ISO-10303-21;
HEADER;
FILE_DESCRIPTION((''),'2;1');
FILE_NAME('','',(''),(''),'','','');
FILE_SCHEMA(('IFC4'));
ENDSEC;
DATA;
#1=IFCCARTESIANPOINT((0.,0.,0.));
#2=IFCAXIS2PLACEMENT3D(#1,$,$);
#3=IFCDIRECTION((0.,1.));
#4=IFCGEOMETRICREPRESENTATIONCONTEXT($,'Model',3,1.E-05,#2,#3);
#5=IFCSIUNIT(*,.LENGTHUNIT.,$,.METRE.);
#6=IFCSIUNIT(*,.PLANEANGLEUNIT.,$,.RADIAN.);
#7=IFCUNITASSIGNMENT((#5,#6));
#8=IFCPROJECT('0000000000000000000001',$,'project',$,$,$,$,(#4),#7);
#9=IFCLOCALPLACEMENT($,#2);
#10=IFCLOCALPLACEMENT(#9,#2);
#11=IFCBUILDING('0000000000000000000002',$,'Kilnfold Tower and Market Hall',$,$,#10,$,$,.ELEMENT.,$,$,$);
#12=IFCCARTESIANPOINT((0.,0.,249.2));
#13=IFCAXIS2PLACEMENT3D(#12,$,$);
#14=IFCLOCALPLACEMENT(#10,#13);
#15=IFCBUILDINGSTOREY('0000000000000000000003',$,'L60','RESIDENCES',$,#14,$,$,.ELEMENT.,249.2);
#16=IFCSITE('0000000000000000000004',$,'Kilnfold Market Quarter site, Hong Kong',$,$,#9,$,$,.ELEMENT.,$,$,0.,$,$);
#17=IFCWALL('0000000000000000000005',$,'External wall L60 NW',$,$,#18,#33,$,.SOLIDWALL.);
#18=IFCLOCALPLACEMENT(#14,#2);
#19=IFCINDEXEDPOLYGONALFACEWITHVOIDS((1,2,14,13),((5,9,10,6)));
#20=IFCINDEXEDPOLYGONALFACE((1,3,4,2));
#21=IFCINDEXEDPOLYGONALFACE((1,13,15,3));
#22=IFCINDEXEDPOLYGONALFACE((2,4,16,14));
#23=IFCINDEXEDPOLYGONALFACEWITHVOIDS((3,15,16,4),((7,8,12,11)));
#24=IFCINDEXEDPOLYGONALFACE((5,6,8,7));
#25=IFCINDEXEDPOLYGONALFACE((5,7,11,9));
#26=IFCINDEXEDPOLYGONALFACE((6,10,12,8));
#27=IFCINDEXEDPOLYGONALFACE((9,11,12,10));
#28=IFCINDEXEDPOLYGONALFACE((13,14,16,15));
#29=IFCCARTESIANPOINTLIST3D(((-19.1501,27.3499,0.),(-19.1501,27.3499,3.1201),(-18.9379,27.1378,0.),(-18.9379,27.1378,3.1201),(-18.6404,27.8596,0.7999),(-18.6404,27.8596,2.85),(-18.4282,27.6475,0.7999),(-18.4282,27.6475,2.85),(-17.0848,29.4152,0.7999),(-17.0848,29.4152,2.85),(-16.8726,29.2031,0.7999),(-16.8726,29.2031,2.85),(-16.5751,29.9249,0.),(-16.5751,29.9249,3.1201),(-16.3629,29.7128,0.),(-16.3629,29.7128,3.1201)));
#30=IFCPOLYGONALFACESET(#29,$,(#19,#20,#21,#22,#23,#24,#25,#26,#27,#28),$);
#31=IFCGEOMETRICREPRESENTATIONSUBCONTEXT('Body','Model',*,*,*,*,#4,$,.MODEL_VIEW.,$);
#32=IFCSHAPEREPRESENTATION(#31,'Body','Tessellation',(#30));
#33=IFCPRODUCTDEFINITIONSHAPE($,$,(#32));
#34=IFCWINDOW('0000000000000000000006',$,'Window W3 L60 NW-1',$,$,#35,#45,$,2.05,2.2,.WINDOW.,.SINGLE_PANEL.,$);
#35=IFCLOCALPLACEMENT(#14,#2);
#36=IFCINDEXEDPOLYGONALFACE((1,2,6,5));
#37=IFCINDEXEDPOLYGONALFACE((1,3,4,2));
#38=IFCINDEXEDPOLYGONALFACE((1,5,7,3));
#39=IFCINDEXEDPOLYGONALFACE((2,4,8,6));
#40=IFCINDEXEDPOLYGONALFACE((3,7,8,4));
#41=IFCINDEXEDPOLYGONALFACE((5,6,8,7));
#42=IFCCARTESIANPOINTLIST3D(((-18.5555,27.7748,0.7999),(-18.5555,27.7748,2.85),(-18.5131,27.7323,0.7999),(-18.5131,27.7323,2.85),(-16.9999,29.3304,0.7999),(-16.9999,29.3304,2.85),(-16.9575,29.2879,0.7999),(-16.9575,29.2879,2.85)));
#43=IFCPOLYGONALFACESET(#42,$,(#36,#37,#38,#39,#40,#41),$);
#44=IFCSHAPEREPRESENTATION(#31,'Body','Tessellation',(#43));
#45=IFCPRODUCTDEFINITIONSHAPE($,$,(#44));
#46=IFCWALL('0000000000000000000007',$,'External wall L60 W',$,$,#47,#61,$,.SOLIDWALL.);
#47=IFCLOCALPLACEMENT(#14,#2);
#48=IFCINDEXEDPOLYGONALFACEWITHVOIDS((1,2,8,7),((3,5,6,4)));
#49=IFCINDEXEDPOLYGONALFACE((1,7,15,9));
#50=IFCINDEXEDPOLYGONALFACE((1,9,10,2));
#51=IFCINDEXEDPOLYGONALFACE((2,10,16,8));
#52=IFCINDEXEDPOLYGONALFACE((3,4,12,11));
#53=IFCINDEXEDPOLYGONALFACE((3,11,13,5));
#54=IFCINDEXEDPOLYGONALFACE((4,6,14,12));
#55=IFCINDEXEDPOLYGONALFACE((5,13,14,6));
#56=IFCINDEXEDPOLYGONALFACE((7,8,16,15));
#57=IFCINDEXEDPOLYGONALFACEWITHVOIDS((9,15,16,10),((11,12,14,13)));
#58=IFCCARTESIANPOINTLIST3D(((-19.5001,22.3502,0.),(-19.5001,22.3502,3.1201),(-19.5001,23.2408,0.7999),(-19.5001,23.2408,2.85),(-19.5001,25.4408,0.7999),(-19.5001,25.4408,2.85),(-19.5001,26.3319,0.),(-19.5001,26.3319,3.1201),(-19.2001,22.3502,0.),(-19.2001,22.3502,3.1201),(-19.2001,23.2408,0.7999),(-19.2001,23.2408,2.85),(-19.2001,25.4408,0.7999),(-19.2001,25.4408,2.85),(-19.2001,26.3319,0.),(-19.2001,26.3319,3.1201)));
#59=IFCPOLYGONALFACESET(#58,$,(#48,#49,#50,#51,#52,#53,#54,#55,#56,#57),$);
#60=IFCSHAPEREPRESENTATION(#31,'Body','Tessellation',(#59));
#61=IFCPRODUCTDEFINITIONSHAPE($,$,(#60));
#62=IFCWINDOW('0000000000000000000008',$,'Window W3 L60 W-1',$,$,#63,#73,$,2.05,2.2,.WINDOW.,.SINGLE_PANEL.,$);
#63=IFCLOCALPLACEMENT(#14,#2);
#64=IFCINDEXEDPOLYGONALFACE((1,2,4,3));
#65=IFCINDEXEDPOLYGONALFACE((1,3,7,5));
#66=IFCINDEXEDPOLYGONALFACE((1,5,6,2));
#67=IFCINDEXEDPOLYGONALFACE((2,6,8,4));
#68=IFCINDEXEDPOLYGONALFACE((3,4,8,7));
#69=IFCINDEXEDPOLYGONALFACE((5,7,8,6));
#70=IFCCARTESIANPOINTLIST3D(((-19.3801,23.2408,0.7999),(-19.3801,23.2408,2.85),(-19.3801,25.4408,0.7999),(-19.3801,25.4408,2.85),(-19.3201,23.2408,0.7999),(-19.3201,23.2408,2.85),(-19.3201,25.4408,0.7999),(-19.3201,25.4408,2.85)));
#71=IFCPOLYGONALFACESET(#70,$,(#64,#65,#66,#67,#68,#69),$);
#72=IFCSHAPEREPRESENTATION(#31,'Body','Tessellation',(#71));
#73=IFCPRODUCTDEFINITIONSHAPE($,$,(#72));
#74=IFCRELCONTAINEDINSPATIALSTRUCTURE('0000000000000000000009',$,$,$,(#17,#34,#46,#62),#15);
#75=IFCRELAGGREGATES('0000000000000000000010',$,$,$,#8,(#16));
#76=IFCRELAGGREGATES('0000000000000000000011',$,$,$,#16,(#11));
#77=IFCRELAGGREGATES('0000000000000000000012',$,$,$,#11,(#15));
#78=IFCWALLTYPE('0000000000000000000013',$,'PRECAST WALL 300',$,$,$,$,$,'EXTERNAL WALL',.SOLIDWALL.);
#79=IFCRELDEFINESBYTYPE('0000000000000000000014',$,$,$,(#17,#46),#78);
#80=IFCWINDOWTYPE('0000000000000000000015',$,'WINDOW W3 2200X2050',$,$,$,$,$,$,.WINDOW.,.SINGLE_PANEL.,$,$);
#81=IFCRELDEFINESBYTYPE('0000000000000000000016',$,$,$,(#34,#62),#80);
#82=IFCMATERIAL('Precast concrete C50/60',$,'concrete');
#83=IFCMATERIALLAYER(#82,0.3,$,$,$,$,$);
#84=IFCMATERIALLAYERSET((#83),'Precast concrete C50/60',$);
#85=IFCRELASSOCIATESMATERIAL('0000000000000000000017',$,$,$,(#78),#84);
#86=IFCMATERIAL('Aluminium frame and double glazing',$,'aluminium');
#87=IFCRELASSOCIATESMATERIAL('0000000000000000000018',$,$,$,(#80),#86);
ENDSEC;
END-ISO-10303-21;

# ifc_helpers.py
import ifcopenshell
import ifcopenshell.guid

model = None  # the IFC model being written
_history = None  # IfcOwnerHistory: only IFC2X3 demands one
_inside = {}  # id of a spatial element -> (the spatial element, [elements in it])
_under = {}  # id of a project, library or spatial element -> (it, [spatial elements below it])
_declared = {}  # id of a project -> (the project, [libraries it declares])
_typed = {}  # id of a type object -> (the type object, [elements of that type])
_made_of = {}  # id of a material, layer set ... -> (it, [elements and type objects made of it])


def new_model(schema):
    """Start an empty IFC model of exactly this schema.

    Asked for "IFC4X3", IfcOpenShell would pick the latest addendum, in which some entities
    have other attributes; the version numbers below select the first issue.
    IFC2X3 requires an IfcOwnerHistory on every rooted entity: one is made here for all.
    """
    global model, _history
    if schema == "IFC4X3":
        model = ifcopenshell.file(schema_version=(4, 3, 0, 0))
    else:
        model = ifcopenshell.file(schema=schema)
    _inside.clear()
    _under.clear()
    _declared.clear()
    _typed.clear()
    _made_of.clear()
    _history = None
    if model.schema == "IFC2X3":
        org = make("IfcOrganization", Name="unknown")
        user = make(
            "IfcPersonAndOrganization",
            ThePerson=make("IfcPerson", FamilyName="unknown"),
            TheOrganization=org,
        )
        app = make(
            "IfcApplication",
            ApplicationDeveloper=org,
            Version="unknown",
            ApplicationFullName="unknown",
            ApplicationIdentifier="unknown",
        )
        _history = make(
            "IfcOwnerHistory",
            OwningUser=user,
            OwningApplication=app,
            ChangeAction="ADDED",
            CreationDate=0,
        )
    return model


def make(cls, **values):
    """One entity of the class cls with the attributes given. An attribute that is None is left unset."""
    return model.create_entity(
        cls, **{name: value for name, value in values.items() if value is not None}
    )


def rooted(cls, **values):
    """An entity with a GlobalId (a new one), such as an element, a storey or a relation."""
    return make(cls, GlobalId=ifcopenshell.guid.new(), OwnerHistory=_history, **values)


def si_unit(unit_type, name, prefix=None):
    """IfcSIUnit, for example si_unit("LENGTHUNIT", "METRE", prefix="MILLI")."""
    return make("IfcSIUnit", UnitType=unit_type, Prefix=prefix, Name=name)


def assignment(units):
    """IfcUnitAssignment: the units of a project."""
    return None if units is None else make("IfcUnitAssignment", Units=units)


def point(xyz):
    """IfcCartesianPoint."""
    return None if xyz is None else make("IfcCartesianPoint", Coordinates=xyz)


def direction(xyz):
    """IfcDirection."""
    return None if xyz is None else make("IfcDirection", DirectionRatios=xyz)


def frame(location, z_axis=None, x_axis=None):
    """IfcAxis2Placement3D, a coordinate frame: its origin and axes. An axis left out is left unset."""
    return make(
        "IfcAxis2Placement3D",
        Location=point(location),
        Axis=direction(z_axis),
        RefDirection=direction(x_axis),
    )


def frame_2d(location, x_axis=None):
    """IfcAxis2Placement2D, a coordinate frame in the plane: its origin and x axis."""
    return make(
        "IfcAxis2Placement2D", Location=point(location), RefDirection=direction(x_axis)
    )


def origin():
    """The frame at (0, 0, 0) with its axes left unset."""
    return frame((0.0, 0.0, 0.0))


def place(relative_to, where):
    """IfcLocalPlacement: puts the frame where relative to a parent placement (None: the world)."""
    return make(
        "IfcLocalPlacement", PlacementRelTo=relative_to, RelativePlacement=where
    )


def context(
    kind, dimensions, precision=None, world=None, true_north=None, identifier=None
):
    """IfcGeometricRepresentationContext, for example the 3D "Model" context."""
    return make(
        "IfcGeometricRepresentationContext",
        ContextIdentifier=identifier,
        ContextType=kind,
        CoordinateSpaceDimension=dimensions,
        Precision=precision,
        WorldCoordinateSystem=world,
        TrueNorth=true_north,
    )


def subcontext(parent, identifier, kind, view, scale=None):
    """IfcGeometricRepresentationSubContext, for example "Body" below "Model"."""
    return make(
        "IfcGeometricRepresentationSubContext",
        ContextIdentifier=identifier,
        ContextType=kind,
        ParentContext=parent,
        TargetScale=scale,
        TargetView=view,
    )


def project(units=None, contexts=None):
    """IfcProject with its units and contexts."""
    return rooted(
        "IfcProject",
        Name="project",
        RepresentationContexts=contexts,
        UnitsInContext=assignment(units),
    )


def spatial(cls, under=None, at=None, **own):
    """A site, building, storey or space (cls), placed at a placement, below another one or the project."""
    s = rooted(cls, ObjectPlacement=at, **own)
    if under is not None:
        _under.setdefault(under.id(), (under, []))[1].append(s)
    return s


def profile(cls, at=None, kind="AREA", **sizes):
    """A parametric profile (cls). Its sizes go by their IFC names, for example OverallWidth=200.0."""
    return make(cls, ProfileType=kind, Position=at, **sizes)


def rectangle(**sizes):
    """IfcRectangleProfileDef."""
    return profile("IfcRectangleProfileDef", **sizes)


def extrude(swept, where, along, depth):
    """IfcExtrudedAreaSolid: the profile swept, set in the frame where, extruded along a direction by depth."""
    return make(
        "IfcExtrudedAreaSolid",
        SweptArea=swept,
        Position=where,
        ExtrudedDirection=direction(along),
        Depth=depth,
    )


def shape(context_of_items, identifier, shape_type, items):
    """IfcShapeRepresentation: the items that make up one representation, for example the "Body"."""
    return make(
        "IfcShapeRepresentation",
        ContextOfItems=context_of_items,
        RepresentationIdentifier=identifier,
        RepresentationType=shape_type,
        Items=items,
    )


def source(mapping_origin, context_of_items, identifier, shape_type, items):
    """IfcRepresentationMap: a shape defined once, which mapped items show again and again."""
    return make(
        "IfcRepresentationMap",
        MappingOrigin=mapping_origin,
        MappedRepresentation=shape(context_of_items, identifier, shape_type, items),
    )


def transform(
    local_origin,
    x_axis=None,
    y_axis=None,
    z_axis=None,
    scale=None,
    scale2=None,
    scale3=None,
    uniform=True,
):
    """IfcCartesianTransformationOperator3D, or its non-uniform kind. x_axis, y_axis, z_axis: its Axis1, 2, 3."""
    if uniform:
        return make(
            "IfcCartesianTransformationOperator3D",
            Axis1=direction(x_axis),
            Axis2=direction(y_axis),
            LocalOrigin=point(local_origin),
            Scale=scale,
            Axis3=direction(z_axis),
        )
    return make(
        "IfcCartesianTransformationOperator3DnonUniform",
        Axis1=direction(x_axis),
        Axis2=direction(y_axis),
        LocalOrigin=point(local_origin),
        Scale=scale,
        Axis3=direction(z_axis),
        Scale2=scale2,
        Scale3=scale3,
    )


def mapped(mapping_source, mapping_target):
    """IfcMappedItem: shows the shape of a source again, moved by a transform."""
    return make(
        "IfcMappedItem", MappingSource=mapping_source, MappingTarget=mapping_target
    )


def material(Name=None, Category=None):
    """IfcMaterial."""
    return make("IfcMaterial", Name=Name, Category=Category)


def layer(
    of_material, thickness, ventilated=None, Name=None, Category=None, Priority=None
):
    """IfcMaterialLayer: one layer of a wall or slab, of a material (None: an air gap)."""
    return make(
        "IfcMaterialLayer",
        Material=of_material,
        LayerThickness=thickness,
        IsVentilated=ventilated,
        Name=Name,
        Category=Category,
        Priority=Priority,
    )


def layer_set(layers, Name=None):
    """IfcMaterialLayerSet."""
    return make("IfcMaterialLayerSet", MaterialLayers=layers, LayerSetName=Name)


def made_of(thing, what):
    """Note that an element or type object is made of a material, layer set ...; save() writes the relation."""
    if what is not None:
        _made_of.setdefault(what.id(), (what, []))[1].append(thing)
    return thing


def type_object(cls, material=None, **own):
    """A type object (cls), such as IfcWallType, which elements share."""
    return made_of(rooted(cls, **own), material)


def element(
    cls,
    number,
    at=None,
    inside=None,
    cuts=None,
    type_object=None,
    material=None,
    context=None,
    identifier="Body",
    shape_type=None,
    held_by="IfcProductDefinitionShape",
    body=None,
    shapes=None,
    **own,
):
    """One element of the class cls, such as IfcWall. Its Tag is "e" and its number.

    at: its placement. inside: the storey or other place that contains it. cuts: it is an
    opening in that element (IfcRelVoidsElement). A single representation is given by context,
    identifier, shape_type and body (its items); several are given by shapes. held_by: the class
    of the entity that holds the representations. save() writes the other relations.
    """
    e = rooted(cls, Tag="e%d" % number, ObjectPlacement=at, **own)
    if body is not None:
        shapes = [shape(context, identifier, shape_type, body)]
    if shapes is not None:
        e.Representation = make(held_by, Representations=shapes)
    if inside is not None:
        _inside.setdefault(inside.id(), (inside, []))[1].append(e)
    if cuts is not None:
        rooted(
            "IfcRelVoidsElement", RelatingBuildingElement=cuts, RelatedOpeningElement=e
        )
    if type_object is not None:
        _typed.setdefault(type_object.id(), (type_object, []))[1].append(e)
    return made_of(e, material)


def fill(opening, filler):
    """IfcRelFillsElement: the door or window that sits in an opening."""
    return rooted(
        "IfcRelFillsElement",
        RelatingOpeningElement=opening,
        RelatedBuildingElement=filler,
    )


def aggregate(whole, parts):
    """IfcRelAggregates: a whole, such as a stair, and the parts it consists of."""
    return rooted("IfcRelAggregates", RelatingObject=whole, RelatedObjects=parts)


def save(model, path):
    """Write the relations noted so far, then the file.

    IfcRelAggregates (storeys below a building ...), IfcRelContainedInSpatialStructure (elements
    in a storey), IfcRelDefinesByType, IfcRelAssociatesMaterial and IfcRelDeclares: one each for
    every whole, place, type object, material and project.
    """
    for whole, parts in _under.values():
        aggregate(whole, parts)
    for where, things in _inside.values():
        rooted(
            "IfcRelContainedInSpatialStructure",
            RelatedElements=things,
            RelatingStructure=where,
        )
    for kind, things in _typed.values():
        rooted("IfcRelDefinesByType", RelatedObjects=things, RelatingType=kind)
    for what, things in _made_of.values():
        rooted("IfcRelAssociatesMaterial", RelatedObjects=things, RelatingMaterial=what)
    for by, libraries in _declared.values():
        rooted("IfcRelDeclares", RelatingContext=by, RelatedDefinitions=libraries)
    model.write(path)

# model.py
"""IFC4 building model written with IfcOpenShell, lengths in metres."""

from ifc_helpers import new_model, si_unit, direction, frame, frame_2d, origin, place, context, subcontext, project, spatial, rectangle, extrude, source, transform, mapped, material, layer, layer_set, type_object, element, fill, save


model = new_model("IFC4")

# Units and contexts
model_context = context("Model", 3, precision=1e-05, world=origin(), true_north=direction((0.0, 1.0)))
body_context = subcontext(model_context, "Body", "Model", "MODEL_VIEW")
ifc_project = project(units=[si_unit("LENGTHUNIT", "METRE"), si_unit("PLANEANGLEUNIT", "RADIAN")], contexts=[model_context])

# Site, building, storey
site_placement = place(None, origin())
site = spatial("IfcSite", under=ifc_project, at=site_placement, Name="Kilnfold Market Quarter site, Hong Kong", CompositionType="ELEMENT", RefElevation=0.0)
building_placement = place(site_placement, origin())
building = spatial("IfcBuilding", under=site, at=building_placement, Name="Kilnfold Tower and Market Hall", CompositionType="ELEMENT")
storey_placement = place(building_placement, frame((0.0, 0.0, 249.2)))
storey = spatial("IfcBuildingStorey", under=building, at=storey_placement, Name="L60", Description="RESIDENCES", CompositionType="ELEMENT", Elevation=249.2)

# Walls, openings, windows
ifc_material_1 = material(Name="Precast concrete C50/60", Category="concrete")
ifc_layer_1 = layer(ifc_material_1, 0.3)
ifc_layer_set_1 = layer_set([ifc_layer_1], Name="Precast concrete C50/60")
wall_type_1 = type_object("IfcWallType", Name="PRECAST WALL 300", ElementType="EXTERNAL WALL", PredefinedType="SOLIDWALL", material=ifc_layer_set_1)
shared_shape_1 = source(origin(), body_context, "Body", "SweptSolid", [
    extrude(rectangle(XDim=3.6416, YDim=0.3, at=frame_2d((1.8208, 0.0))), origin(), (0.0, 0.0, 1.0), 3.1201),
])
wall_1_placement = place(storey_placement, frame((-16.469, 29.8188, 0.0), z_axis=(0.0, 0.0, 1.0), x_axis=(-0.707107, -0.707107, 0.0)))
wall_1 = element("IfcWall", 1, at=wall_1_placement, inside=storey, type_object=wall_type_1, Name="External wall L60 NW", PredefinedType="SOLIDWALL", context=body_context, shape_type="MappedRepresentation", body=[
    mapped(shared_shape_1, transform((0.0, 0.0, 0.0))),
])
opening_1_placement = place(wall_1_placement, frame((0.7207, 0.0, 0.8)))
opening_1 = element("IfcOpeningElement", 2, at=opening_1_placement, cuts=wall_1, PredefinedType="OPENING", context=body_context, shape_type="SweptSolid", body=[
    extrude(rectangle(XDim=2.2, YDim=2.05, at=frame_2d((1.1001, 1.0249))), frame((0.0, 0.1602, 0.0), z_axis=(0.0, -1.0, 0.0), x_axis=(1.0, 0.0, 0.0)), (0.0, 0.0, 1.0), 0.3201),
])
ifc_material_2 = material(Name="Aluminium frame and double glazing", Category="aluminium")
window_type = type_object("IfcWindowType", Name="WINDOW W3 2200X2050", PartitioningType="SINGLE_PANEL", PredefinedType="WINDOW", material=ifc_material_2)
window_1_placement = place(opening_1_placement, origin())
window_1 = element("IfcWindow", 3, at=window_1_placement, inside=storey, type_object=window_type, Name="Window W3 L60 NW-1", OverallHeight=2.05, OverallWidth=2.2, PartitioningType="SINGLE_PANEL", PredefinedType="WINDOW", context=body_context, shape_type="SweptSolid", body=[
    extrude(rectangle(XDim=2.2, YDim=2.05, at=frame_2d((1.1001, 1.0249))), frame((0.0, 0.03, 0.0), z_axis=(0.0, -1.0, 0.0), x_axis=(1.0, 0.0, 0.0)), (0.0, 0.0, 1.0), 0.0601),
])
fill(opening_1, window_1)
shared_shape_2 = source(origin(), body_context, "Body", "SweptSolid", [
    extrude(rectangle(XDim=3.9817, YDim=0.3, at=frame_2d((1.9907, 0.0))), origin(), (0.0, 0.0, 1.0), 3.1201),
])
wall_2_placement = place(storey_placement, frame((-19.3501, 26.3318, 0.0), z_axis=(0.0, 0.0, 1.0), x_axis=(0.0, -1.0, 0.0)))
wall_2 = element("IfcWall", 4, at=wall_2_placement, inside=storey, type_object=wall_type_1, Name="External wall L60 W", PredefinedType="SOLIDWALL", context=body_context, shape_type="MappedRepresentation", body=[
    mapped(shared_shape_2, transform((0.0, 0.0, 0.0))),
])
opening_2_placement = place(wall_2_placement, frame((0.8909, 0.0, 0.8)))
opening_2 = element("IfcOpeningElement", 5, at=opening_2_placement, cuts=wall_2, PredefinedType="OPENING", context=body_context, shape_type="SweptSolid", body=[
    extrude(rectangle(XDim=2.2, YDim=2.05, at=frame_2d((1.1001, 1.0249))), frame((0.0, 0.1602, 0.0), z_axis=(0.0, -1.0, 0.0), x_axis=(1.0, 0.0, 0.0)), (0.0, 0.0, 1.0), 0.3201),
])
window_2_placement = place(opening_2_placement, origin())
window_2 = element("IfcWindow", 6, at=window_2_placement, inside=storey, type_object=window_type, Name="Window W3 L60 W-1", OverallHeight=2.05, OverallWidth=2.2, PartitioningType="SINGLE_PANEL", PredefinedType="WINDOW", context=body_context, shape_type="SweptSolid", body=[
    extrude(rectangle(XDim=2.2, YDim=2.05, at=frame_2d((1.1001, 1.0249))), frame((0.0, 0.03, 0.0), z_axis=(0.0, -1.0, 0.0), x_axis=(1.0, 0.0, 0.0)), (0.0, 0.0, 1.0), 0.0601),
])
fill(opening_2, window_2)

save(model, "model.ifc")
